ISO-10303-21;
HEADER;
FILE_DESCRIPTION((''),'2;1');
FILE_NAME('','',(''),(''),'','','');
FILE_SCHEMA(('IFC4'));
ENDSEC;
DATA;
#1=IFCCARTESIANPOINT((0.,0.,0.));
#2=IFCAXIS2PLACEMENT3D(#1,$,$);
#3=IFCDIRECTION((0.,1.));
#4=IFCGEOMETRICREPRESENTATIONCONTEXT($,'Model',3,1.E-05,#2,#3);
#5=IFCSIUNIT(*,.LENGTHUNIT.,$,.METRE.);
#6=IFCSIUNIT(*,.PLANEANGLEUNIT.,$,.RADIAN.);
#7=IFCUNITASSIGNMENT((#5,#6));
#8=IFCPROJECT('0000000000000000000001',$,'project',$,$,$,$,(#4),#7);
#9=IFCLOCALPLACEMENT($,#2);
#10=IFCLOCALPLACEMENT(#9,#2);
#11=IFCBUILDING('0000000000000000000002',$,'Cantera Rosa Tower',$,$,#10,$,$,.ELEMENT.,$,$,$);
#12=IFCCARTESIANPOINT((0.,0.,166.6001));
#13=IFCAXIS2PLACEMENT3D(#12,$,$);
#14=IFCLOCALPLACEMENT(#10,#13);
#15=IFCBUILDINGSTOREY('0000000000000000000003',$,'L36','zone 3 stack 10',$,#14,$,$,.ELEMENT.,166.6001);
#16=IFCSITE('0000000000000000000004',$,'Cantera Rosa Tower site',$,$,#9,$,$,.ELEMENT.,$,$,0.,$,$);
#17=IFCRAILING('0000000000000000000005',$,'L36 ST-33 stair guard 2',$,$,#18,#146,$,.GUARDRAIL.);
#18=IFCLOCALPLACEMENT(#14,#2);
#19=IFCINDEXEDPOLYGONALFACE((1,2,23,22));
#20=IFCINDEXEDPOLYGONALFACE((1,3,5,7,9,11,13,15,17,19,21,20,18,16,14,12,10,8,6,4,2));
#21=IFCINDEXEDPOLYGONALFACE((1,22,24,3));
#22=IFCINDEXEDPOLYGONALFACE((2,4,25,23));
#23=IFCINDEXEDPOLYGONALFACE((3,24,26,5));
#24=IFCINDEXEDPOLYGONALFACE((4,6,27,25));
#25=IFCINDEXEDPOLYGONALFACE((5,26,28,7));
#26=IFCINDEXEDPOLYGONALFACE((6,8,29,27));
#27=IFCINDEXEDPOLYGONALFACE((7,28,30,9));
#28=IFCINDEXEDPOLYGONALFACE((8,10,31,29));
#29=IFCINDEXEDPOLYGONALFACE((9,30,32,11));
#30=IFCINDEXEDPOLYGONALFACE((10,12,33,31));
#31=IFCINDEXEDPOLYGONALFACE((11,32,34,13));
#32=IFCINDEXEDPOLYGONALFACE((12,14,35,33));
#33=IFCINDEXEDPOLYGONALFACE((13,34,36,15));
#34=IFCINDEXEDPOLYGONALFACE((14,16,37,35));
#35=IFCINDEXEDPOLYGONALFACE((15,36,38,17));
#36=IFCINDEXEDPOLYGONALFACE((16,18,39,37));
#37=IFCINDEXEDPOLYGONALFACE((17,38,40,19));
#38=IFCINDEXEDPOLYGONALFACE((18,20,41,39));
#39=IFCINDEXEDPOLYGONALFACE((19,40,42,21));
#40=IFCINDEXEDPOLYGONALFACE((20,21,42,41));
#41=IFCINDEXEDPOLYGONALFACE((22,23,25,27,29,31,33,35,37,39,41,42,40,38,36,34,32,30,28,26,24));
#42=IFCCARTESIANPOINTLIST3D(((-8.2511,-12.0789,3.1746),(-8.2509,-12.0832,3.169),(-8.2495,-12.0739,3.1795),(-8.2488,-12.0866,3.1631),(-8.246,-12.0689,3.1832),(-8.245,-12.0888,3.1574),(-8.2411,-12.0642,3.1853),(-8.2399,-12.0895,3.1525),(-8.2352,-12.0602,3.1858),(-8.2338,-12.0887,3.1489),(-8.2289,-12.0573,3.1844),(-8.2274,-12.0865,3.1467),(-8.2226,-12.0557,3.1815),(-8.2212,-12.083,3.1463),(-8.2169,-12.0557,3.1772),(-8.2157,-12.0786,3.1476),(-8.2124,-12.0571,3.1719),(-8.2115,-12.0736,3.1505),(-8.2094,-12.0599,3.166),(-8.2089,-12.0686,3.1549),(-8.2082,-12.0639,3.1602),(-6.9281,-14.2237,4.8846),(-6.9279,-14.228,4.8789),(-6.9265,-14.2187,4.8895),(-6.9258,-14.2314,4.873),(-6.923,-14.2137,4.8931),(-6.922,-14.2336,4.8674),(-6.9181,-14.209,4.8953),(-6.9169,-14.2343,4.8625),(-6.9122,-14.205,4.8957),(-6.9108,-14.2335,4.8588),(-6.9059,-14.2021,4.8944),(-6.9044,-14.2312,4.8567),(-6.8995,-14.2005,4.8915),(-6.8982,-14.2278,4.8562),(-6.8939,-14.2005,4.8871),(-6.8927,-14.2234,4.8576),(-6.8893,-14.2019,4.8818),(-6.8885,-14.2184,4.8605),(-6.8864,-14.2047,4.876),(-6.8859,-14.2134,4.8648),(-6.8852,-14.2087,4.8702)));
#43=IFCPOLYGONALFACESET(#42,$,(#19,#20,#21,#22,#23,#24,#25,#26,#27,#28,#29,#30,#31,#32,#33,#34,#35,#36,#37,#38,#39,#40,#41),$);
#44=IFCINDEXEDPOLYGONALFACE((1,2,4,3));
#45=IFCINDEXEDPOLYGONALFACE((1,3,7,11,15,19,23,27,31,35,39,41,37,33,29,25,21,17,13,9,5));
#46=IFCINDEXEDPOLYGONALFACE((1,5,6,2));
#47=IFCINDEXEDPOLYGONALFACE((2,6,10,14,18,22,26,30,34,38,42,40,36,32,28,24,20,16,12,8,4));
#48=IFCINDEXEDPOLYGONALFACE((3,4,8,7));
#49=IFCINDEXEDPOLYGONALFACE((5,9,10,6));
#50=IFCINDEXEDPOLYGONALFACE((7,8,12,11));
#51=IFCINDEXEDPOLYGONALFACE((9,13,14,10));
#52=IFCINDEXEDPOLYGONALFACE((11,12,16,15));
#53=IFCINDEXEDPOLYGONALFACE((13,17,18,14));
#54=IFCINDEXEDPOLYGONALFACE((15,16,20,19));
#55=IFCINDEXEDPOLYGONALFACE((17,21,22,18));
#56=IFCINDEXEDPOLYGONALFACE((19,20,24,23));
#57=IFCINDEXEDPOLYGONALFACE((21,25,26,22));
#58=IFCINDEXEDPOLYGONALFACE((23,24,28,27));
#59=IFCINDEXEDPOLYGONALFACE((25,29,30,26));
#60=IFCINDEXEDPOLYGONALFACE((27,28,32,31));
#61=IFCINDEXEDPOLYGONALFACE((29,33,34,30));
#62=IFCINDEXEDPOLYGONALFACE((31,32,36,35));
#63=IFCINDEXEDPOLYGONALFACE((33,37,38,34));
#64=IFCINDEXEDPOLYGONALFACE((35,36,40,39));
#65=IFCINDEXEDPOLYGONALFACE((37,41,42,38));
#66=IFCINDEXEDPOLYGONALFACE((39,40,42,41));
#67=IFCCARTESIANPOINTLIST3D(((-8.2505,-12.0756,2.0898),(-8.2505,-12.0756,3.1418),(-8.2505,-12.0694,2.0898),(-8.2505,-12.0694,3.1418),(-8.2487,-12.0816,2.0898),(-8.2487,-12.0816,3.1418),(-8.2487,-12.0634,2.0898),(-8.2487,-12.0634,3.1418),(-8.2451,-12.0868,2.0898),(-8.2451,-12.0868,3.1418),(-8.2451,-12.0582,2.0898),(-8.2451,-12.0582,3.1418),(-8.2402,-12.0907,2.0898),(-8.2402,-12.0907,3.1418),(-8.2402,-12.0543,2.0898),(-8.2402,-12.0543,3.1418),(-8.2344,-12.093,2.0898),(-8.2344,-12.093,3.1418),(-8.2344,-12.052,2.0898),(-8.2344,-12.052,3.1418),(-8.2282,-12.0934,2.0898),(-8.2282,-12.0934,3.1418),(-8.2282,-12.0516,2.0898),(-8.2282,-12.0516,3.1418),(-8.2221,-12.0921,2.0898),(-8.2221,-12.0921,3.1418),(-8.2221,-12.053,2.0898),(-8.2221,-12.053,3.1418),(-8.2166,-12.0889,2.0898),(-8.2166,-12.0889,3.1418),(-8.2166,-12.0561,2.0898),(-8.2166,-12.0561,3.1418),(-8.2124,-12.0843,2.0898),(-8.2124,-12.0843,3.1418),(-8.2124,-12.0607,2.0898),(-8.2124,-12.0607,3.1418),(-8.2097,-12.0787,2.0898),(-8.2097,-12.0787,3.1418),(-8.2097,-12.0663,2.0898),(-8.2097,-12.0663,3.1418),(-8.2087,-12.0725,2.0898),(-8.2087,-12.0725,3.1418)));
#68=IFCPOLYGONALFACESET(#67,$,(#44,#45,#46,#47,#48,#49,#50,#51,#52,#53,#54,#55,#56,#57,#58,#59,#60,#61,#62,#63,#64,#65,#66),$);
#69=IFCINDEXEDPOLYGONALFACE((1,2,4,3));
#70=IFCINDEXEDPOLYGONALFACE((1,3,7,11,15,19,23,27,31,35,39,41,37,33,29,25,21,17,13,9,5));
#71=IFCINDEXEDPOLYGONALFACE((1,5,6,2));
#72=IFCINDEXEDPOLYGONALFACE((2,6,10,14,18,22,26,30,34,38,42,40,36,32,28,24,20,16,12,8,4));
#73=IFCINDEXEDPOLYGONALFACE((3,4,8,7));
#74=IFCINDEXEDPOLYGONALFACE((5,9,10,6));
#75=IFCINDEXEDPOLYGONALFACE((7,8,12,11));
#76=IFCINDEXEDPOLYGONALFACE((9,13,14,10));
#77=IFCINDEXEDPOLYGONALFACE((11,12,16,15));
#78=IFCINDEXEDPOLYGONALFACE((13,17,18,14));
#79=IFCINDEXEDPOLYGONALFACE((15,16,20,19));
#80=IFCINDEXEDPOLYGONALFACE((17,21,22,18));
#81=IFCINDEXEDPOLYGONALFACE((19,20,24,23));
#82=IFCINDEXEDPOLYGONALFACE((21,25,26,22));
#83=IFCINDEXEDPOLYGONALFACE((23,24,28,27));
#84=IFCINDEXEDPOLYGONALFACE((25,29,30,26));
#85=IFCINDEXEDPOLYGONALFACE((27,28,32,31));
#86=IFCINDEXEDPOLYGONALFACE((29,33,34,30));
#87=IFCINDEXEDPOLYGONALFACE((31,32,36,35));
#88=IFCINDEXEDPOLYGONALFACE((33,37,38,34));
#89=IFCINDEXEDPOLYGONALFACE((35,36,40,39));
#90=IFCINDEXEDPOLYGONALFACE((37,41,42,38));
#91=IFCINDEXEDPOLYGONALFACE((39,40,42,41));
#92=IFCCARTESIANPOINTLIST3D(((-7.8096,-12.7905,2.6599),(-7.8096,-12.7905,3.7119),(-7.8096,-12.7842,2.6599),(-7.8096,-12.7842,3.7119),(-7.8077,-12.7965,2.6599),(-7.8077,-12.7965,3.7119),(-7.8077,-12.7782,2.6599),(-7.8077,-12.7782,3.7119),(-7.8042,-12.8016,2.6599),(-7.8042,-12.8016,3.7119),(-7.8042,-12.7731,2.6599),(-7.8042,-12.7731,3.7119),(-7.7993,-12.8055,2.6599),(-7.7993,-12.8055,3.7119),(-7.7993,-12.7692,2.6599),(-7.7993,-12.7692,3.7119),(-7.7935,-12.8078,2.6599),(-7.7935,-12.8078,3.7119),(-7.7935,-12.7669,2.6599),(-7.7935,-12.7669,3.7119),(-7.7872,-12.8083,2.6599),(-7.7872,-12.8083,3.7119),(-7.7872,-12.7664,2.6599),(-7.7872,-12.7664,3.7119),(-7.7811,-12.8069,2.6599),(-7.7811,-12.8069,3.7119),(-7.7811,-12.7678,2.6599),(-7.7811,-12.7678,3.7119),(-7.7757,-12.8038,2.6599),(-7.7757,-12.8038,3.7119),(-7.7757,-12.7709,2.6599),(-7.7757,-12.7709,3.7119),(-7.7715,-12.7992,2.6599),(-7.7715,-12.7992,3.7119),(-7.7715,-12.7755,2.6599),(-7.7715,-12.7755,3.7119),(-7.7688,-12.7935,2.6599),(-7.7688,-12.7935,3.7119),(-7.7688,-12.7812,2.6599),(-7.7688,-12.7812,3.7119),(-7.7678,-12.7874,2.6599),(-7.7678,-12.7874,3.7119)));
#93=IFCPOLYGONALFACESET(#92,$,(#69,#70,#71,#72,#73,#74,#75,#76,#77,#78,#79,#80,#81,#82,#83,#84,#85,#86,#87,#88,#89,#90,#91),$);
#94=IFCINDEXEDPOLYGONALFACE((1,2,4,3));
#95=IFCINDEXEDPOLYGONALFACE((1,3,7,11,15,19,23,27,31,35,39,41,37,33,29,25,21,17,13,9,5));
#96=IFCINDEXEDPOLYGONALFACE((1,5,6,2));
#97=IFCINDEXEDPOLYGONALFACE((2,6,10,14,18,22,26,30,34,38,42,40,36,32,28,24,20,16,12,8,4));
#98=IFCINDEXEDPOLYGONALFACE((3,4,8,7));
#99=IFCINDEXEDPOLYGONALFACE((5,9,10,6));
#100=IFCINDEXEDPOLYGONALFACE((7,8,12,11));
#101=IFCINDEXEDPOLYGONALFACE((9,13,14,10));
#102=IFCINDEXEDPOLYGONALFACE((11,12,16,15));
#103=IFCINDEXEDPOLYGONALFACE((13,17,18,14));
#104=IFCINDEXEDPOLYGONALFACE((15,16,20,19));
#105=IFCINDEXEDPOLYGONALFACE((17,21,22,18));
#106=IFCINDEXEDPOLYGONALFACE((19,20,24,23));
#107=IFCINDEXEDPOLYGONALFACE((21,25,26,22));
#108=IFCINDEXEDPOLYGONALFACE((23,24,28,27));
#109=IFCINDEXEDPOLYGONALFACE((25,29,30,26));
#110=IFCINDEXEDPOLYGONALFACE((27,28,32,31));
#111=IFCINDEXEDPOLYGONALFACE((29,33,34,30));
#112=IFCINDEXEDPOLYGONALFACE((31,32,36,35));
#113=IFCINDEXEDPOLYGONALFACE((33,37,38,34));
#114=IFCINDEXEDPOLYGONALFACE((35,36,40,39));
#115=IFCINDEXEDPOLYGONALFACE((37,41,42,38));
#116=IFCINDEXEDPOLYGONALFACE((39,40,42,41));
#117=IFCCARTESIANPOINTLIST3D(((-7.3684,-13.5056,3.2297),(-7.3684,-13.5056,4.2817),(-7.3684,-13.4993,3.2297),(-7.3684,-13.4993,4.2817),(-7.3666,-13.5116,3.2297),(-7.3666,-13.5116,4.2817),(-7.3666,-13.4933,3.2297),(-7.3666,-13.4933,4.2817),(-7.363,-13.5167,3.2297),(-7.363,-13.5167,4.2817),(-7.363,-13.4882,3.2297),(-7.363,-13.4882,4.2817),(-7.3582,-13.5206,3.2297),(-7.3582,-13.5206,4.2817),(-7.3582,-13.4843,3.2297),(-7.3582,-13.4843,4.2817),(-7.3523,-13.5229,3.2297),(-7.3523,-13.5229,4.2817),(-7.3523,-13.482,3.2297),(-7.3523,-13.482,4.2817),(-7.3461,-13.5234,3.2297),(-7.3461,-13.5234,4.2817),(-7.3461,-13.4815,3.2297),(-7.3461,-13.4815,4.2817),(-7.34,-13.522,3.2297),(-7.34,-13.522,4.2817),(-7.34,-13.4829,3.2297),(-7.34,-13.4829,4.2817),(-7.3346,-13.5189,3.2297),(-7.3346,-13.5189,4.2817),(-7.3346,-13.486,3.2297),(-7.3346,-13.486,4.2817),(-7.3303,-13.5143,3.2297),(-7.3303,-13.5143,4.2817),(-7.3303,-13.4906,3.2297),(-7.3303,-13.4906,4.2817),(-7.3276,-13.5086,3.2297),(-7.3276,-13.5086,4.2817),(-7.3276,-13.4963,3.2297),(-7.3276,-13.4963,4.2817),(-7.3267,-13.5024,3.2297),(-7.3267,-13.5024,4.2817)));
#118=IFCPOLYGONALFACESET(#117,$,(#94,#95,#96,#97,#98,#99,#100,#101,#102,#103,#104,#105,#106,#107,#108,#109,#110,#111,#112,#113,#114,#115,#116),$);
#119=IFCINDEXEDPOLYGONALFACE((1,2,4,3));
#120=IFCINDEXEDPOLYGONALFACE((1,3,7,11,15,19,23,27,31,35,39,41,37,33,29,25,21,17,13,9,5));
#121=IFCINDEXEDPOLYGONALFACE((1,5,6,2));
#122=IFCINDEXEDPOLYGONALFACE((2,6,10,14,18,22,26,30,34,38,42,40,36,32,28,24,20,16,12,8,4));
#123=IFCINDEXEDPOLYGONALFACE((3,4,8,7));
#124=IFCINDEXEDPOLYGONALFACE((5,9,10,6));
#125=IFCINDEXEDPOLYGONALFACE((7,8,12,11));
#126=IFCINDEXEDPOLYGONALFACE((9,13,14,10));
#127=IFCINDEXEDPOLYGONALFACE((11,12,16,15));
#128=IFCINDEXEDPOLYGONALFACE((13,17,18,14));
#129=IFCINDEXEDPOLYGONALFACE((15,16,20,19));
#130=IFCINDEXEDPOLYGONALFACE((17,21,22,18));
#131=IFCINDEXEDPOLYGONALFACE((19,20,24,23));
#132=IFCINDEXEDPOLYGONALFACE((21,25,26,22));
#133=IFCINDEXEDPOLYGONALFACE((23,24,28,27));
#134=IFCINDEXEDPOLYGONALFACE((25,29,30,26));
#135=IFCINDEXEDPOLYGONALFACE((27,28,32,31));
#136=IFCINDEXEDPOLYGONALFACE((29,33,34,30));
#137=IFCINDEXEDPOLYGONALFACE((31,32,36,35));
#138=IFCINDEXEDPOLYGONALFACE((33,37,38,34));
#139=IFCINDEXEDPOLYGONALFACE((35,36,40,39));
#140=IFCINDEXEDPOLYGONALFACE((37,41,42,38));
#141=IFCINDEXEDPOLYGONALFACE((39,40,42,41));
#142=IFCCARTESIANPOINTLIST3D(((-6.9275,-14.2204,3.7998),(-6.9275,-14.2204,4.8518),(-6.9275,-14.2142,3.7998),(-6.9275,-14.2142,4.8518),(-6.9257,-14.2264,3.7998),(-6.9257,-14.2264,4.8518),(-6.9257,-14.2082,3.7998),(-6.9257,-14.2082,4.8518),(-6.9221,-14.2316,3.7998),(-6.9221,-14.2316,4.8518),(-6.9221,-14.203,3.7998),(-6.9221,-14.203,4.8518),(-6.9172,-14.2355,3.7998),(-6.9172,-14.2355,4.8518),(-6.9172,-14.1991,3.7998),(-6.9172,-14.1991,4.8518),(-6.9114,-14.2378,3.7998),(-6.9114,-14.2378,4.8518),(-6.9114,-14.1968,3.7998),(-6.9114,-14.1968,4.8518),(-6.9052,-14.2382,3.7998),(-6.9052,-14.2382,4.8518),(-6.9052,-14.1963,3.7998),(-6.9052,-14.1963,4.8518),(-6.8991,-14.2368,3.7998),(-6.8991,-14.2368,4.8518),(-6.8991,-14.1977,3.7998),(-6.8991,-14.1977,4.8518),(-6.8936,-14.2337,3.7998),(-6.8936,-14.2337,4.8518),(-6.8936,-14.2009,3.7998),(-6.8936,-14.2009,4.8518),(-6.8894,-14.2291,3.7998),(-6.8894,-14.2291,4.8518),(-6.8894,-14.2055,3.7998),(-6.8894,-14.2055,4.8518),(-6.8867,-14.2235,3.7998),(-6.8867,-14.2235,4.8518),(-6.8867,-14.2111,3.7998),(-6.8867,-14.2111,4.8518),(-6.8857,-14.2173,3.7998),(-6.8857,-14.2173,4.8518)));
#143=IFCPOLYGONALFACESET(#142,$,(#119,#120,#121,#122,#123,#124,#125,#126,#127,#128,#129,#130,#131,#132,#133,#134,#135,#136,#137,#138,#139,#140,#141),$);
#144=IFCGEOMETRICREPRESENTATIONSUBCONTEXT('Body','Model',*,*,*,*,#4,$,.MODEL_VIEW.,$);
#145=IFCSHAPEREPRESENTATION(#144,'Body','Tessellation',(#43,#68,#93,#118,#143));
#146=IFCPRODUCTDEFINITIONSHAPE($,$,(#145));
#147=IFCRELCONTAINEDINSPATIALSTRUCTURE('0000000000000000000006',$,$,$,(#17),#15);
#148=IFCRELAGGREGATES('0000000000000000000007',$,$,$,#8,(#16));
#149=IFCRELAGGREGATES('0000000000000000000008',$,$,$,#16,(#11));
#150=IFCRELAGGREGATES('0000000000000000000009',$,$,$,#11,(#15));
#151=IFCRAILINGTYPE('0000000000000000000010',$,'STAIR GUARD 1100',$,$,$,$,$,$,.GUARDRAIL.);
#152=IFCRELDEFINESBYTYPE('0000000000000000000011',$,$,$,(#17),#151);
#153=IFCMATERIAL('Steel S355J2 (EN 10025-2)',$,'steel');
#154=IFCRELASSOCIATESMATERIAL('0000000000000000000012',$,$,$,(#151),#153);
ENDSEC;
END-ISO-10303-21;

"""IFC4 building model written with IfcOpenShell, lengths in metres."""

from ifc_helpers import new_model, si_unit, direction, frame, origin, origin_2d, place, context, subcontext, project, spatial, circle, extrude, material, type_object, element, save


model = new_model("IFC4")

# Units and contexts
model_context = context("Model", 3, precision=1e-05, world=origin(), true_north=direction((0.0, 1.0)))
body_context = subcontext(model_context, "Body", "Model", "MODEL_VIEW")
ifc_project = project(units=[si_unit("LENGTHUNIT", "METRE"), si_unit("PLANEANGLEUNIT", "RADIAN")], contexts=[model_context])

# Site, building, storey
site_placement = place(None, origin())
site = spatial("IfcSite", under=ifc_project, at=site_placement, Name="Cantera Rosa Tower site", CompositionType="ELEMENT", RefElevation=0.0)
building_placement = place(site_placement, origin())
building = spatial("IfcBuilding", under=site, at=building_placement, Name="Cantera Rosa Tower", CompositionType="ELEMENT")
storey_placement = place(building_placement, frame((0.0, 0.0, 166.6001)))
storey = spatial("IfcBuildingStorey", under=building, at=storey_placement, Name="L36", Description="zone 3 stack 10", CompositionType="ELEMENT", Elevation=166.6001)

# Railing
ifc_material_1 = material(Name="Steel S355J2 (EN 10025-2)", Category="steel")
railing_type_1 = type_object("IfcRailingType", Name="STAIR GUARD 1100", PredefinedType="GUARDRAIL", material=ifc_material_1)
railing_1_placement = place(storey_placement, frame((-8.2297, -12.0725, 2.0898)))
element("IfcRailing", 1, at=railing_1_placement, inside=storey, type_object=railing_type_1, Name="L36 ST-33 stair guard 2", PredefinedType="GUARDRAIL", context=body_context, shape_type="SweptSolid", body=[
    extrude(circle(Radius=0.0239, at=origin_2d()), frame((0.0, 0.0, 1.0762), z_axis=(0.434428, -0.704271, 0.561493), x_axis=(0.851102, 0.525, 0.0)), (0.0, 0.0, 1.0), 3.0454),
    extrude(circle(Radius=0.021, at=origin_2d()), origin(), (0.0, 0.0, 1.0), 1.052),
    extrude(circle(Radius=0.021, at=origin_2d()), frame((0.4409, -0.7148, 0.5701)), (0.0, 0.0, 1.0), 1.052),
    extrude(circle(Radius=0.021, at=origin_2d()), frame((0.8821, -1.4299, 1.1399)), (0.0, 0.0, 1.0), 1.052),
    extrude(circle(Radius=0.021, at=origin_2d()), frame((1.323, -2.1448, 1.71)), (0.0, 0.0, 1.0), 1.052),
])

save(model, "model.ifc")
